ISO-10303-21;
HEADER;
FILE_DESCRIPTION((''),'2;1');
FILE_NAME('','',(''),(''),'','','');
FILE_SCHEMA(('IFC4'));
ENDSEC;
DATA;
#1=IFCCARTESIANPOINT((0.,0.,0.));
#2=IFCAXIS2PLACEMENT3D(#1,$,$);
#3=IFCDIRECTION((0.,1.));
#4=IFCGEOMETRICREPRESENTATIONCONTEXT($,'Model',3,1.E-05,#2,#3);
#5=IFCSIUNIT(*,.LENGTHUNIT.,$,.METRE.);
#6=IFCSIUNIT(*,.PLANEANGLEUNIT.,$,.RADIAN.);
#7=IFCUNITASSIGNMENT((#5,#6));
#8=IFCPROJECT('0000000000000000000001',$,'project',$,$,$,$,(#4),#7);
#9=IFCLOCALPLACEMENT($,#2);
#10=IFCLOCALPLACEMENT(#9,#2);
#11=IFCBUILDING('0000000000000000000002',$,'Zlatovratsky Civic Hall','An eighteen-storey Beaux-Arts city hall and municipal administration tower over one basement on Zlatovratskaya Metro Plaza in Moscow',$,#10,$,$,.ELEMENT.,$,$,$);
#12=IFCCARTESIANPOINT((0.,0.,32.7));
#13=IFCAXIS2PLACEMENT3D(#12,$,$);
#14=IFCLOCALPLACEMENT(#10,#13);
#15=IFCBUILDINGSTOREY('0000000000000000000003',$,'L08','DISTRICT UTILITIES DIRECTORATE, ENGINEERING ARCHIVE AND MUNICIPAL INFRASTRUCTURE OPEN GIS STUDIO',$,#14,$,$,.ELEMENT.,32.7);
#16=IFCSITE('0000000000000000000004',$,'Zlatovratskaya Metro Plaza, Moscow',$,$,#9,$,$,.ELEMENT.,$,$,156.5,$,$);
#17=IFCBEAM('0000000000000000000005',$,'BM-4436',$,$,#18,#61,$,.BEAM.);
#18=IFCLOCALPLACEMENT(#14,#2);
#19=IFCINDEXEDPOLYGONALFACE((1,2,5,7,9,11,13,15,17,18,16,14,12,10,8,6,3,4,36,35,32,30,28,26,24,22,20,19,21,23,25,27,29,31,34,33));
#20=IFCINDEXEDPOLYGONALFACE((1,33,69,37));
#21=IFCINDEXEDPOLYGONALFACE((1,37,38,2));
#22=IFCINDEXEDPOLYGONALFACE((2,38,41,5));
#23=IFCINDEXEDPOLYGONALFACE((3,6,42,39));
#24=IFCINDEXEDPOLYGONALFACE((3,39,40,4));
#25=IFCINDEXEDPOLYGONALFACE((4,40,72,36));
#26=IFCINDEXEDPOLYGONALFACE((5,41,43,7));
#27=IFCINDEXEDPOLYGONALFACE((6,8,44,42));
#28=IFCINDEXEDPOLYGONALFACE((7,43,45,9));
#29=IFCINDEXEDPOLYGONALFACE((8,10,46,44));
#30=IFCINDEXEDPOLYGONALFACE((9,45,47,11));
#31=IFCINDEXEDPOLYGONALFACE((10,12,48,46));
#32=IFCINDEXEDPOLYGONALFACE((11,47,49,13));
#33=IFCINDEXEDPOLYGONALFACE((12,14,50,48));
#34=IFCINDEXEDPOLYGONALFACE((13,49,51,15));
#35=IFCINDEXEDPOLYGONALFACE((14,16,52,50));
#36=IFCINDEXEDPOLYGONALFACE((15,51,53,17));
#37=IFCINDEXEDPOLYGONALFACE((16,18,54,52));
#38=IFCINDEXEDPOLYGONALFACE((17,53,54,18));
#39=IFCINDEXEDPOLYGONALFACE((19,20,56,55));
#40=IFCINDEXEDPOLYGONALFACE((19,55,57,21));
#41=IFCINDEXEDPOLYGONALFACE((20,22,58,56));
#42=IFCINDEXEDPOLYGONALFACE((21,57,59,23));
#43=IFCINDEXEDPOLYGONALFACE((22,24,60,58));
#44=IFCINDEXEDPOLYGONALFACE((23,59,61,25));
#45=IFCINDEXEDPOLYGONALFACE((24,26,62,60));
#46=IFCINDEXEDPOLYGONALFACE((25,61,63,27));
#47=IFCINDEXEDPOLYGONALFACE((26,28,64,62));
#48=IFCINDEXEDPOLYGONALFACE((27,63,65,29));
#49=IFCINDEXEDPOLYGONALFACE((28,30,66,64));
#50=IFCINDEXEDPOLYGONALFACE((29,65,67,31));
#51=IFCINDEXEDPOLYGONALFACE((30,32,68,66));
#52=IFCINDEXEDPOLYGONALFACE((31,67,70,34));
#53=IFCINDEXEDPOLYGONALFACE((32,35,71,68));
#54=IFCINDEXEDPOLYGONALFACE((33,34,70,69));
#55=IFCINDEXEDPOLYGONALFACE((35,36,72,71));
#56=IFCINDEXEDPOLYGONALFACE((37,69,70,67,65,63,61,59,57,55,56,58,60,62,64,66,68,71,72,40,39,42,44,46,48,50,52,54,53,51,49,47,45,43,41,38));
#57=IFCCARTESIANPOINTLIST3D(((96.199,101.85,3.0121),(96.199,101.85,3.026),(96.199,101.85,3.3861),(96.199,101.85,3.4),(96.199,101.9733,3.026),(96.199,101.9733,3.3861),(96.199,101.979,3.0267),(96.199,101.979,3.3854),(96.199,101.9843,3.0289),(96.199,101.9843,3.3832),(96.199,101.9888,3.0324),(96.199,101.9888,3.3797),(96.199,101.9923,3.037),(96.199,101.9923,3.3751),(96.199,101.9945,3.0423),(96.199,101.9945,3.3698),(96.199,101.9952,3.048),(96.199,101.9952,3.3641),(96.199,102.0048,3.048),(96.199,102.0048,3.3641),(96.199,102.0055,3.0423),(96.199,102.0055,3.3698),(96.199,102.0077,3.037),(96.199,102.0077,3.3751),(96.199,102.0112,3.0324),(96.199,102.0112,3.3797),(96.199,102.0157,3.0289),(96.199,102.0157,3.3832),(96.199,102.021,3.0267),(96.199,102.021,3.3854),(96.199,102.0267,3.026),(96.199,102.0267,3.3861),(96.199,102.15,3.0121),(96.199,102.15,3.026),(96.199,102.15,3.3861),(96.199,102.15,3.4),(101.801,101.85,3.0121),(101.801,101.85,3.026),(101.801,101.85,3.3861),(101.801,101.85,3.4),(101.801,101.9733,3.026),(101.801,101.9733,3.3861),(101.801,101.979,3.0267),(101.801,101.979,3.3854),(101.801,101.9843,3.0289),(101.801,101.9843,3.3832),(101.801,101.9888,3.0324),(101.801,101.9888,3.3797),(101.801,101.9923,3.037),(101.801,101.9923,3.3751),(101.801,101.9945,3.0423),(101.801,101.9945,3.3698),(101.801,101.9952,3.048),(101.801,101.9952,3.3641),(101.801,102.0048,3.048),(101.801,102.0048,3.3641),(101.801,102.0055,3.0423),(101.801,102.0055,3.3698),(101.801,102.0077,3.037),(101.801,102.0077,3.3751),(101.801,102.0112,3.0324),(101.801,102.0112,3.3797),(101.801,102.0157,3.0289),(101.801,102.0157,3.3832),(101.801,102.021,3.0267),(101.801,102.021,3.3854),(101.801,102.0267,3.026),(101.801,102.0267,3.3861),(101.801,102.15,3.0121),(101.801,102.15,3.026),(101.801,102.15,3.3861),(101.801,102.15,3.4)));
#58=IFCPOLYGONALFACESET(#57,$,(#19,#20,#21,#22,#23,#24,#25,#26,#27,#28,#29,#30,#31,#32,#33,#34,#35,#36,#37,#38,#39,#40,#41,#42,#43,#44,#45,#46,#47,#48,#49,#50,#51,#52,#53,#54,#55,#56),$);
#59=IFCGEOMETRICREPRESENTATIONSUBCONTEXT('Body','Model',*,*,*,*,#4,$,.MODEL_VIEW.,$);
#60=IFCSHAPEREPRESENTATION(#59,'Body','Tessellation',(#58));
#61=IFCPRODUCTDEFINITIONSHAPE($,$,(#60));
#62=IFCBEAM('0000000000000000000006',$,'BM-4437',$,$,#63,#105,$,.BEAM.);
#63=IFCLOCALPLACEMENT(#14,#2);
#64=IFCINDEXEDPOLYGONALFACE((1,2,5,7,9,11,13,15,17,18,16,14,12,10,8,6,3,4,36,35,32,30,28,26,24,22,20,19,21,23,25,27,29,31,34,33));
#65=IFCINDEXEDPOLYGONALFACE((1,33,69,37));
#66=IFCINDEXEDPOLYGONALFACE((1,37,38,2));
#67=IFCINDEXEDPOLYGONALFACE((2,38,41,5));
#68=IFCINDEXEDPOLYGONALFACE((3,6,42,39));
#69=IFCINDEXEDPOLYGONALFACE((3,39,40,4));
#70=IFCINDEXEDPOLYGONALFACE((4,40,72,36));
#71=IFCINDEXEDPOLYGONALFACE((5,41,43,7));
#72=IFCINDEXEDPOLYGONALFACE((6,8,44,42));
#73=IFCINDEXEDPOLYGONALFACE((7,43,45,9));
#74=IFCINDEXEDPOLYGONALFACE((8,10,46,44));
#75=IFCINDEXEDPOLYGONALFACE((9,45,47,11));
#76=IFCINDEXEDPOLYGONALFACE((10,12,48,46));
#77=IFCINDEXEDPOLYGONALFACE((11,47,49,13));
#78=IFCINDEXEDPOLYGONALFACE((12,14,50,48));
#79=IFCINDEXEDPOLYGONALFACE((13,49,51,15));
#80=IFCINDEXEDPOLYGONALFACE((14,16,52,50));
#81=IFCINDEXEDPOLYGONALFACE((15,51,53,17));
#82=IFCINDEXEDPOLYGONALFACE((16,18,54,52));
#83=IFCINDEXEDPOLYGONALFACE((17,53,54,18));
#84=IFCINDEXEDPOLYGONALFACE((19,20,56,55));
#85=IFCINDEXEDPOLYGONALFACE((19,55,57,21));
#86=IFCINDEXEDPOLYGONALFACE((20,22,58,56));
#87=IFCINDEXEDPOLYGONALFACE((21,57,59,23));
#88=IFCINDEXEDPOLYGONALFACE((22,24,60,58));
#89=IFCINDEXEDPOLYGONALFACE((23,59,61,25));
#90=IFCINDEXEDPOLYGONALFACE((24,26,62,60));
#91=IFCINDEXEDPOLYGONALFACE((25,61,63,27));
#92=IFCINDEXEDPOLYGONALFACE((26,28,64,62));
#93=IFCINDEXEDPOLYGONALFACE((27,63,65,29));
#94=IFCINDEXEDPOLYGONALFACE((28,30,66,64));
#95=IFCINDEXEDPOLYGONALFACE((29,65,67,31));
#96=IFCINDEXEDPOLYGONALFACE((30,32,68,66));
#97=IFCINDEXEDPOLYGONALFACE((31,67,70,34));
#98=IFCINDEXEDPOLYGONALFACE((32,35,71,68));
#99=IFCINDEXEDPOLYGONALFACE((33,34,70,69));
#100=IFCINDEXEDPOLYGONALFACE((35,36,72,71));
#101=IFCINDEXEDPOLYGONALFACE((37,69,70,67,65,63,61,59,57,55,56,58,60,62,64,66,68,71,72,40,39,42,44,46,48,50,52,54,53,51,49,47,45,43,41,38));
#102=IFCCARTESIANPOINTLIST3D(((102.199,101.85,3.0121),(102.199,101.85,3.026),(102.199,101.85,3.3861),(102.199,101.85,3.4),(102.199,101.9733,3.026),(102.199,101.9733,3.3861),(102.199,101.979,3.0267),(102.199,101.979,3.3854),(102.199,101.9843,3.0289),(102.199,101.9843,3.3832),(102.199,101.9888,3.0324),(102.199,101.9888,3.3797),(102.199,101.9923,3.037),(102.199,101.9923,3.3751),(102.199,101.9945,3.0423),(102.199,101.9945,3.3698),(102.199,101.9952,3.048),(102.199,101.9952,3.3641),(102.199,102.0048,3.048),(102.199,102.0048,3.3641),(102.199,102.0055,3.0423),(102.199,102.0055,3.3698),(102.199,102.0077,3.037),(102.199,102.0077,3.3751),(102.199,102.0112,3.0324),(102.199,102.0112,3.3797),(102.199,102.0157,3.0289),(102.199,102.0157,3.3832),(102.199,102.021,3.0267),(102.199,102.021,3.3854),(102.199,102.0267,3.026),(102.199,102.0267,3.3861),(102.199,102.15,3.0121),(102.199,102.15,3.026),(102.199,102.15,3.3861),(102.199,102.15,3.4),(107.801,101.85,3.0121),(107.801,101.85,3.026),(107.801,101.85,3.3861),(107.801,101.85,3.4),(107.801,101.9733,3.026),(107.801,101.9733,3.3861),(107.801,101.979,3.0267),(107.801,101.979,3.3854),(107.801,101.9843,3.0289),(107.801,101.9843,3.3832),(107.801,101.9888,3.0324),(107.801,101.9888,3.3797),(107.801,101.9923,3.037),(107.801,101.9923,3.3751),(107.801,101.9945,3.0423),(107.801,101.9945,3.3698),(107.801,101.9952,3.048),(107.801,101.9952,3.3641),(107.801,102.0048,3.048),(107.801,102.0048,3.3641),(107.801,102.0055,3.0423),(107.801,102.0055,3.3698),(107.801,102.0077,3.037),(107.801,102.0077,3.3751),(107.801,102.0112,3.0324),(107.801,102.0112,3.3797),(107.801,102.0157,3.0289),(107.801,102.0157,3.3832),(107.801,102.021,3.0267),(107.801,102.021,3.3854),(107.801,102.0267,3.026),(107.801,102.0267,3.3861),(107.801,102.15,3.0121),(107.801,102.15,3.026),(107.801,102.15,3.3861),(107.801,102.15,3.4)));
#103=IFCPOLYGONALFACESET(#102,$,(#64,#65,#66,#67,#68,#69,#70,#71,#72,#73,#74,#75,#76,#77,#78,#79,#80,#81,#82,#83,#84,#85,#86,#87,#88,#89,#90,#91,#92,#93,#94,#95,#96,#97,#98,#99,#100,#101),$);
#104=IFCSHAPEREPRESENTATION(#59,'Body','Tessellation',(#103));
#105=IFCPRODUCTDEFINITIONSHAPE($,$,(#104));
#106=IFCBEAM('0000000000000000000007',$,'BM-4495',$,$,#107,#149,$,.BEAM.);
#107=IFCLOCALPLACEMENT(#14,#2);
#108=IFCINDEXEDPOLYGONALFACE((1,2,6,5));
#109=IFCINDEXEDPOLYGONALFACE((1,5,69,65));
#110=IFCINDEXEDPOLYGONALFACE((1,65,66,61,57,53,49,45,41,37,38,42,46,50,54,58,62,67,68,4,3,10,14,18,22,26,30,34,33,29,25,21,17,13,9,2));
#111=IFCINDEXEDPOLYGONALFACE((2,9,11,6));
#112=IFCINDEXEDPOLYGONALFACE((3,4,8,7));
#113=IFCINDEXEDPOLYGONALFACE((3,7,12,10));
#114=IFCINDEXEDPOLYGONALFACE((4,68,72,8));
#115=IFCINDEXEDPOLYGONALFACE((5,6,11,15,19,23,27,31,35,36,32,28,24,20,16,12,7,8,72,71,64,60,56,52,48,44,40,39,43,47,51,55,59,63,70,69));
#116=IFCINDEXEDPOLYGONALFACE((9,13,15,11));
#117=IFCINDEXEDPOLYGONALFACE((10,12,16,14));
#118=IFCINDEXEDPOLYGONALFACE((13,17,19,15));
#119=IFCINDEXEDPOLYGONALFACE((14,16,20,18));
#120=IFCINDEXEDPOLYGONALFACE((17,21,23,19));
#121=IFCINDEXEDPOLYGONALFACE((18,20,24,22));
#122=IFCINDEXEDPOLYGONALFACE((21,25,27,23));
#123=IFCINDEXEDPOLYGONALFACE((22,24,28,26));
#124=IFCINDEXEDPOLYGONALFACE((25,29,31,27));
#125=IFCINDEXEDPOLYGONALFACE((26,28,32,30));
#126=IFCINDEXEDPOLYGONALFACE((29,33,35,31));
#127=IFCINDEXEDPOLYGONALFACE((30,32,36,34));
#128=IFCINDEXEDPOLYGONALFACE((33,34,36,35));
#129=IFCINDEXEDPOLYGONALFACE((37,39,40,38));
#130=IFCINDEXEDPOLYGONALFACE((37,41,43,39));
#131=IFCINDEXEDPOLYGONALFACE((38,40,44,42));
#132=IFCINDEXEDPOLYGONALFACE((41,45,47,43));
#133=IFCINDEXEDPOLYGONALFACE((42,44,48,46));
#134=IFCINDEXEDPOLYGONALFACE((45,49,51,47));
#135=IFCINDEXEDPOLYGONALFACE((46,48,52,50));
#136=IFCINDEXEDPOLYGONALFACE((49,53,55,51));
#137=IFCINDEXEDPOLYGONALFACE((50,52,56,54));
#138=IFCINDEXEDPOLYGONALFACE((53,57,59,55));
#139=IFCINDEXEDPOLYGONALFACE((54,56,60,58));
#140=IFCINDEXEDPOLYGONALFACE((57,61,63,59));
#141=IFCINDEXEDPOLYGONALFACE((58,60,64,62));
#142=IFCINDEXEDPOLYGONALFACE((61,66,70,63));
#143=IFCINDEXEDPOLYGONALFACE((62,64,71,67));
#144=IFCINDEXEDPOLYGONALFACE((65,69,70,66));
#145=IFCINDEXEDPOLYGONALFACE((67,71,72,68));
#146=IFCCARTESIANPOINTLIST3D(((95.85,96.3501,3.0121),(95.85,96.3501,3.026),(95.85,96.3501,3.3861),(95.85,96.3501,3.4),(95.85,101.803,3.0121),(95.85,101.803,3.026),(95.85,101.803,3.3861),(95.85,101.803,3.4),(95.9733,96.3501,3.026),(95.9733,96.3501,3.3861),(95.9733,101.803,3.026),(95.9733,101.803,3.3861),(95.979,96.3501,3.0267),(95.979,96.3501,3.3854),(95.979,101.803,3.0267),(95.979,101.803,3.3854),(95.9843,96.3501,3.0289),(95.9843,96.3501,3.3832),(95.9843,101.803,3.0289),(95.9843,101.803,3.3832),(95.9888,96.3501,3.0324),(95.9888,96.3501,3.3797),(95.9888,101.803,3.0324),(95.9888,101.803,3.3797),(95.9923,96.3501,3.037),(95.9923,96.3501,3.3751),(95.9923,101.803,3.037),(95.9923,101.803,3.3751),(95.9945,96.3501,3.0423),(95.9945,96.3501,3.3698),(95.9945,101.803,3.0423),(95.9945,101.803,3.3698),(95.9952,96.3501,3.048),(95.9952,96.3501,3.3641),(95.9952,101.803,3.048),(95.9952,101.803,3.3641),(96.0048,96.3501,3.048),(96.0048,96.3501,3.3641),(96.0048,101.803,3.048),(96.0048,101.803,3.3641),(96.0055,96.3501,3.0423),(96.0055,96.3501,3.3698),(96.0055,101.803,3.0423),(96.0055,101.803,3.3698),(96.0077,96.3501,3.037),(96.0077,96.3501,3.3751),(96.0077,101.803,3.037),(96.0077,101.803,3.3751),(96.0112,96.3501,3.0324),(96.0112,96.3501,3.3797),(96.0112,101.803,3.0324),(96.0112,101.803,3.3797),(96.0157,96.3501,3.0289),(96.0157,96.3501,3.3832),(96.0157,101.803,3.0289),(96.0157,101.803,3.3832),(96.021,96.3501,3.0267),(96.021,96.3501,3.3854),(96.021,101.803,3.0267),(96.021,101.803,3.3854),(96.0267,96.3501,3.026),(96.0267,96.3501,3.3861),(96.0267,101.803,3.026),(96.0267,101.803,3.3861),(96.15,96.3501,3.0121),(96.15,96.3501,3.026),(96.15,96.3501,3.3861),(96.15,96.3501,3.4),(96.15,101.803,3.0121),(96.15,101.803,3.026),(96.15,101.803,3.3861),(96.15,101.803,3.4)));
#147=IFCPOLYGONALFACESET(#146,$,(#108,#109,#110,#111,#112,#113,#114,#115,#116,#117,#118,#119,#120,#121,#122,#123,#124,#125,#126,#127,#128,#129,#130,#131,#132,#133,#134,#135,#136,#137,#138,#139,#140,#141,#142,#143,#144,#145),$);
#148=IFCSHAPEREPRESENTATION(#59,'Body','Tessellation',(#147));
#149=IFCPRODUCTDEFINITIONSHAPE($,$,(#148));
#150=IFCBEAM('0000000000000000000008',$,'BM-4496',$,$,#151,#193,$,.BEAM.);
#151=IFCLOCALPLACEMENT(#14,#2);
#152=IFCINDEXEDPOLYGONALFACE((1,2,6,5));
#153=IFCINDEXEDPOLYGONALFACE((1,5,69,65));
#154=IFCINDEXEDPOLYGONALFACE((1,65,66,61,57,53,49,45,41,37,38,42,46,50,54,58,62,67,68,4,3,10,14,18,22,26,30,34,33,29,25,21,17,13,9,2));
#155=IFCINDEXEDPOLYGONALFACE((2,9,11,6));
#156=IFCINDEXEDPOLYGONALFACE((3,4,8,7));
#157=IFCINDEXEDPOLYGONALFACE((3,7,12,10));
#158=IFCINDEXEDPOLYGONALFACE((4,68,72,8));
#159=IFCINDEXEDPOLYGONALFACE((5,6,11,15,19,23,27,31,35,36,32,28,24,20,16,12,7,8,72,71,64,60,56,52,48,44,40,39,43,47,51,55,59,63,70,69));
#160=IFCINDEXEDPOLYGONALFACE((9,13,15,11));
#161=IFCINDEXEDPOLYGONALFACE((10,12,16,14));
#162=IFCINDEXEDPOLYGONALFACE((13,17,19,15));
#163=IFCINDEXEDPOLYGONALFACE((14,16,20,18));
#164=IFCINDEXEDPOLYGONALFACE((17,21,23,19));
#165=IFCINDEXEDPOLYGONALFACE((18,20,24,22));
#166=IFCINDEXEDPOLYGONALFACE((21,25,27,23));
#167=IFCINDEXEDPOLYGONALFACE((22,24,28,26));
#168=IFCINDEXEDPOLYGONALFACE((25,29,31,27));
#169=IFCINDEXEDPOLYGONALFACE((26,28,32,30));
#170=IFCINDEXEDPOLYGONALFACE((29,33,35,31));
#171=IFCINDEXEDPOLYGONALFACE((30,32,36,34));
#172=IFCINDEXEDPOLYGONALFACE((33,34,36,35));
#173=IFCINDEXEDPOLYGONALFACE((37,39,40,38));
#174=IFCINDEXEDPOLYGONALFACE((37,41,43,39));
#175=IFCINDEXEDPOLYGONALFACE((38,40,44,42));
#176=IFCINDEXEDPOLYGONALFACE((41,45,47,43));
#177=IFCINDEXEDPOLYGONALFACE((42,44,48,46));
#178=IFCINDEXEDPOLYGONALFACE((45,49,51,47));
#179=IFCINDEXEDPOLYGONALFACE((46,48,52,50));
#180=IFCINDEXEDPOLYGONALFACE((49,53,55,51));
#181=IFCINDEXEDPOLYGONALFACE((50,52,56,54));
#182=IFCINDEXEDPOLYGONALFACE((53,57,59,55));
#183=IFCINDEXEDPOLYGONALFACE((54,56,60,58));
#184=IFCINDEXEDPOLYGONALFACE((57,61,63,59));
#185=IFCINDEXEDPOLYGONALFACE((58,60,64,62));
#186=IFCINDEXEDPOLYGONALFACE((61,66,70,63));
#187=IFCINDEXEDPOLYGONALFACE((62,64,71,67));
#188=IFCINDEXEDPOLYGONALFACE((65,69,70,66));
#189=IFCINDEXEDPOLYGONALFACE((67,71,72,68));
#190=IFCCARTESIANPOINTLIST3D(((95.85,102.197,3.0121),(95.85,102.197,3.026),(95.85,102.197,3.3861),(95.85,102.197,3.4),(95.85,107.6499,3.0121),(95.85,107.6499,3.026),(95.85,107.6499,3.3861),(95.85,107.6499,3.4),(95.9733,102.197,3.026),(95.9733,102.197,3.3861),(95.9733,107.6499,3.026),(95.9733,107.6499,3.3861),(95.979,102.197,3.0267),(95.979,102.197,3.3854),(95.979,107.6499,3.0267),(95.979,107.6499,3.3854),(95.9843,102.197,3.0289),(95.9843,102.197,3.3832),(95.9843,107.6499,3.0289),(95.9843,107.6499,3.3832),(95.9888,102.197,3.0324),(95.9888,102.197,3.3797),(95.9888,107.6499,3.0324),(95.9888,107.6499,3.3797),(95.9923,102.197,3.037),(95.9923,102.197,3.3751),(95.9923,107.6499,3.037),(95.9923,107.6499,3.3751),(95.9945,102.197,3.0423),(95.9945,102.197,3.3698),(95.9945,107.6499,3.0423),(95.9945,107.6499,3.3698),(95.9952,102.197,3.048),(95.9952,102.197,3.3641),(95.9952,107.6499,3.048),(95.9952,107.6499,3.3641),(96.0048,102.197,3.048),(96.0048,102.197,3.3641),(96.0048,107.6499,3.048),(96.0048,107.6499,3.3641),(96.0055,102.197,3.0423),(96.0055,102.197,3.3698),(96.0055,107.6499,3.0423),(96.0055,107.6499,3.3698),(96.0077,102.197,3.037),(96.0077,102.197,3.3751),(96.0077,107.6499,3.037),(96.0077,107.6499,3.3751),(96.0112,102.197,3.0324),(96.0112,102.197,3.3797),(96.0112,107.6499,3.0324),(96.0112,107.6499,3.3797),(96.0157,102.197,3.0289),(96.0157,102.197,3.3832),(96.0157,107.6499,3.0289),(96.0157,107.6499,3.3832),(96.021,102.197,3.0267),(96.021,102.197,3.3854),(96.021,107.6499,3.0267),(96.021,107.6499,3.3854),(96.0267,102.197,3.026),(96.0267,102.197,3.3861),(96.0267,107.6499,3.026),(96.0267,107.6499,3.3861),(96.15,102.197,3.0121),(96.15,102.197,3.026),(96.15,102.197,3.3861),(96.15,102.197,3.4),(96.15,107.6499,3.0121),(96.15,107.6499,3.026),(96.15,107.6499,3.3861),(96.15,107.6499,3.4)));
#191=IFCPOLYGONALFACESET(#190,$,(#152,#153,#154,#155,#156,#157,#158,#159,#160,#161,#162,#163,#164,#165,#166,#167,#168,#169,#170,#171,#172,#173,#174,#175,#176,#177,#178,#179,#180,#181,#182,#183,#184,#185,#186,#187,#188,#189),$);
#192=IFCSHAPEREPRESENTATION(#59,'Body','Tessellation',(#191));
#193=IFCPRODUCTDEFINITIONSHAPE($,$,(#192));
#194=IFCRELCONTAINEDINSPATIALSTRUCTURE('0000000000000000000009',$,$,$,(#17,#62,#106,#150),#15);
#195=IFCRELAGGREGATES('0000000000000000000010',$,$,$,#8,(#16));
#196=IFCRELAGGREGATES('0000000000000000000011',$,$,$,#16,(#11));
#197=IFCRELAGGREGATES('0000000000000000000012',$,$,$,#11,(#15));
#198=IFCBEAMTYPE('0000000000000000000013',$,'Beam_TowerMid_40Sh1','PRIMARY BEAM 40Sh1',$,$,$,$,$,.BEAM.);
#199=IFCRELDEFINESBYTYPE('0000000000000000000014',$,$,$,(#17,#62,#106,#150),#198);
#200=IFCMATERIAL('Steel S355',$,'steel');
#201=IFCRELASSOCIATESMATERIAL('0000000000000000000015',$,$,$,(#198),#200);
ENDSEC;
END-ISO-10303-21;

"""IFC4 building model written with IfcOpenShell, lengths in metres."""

from ifc_helpers import new_model, si_unit, direction, frame, origin, origin_2d, place, context, subcontext, project, spatial, i_section, extrude, material, material_profile, profile_set, type_object, element, save


model = new_model("IFC4")

# Units and contexts
model_context = context("Model", 3, precision=1e-05, world=origin(), true_north=direction((0.0, 1.0)))
body_context = subcontext(model_context, "Body", "Model", "MODEL_VIEW")
ifc_project = project(units=[si_unit("LENGTHUNIT", "METRE"), si_unit("PLANEANGLEUNIT", "RADIAN")], contexts=[model_context])

# Site, building, storey
site_placement = place(None, origin())
site = spatial("IfcSite", under=ifc_project, at=site_placement, Name="Zlatovratskaya Metro Plaza, Moscow", CompositionType="ELEMENT", RefElevation=156.5)
building_placement = place(site_placement, origin())
building = spatial("IfcBuilding", under=site, at=building_placement, Name="Zlatovratsky Civic Hall", Description="An eighteen-storey Beaux-Arts city hall and municipal administration tower over one basement on Zlatovratskaya Metro Plaza in Moscow", CompositionType="ELEMENT")
storey_placement = place(building_placement, frame((0.0, 0.0, 32.7)))
storey = spatial("IfcBuildingStorey", under=building, at=storey_placement, Name="L08", Description="DISTRICT UTILITIES DIRECTORATE, ENGINEERING ARCHIVE AND MUNICIPAL INFRASTRUCTURE OPEN GIS STUDIO", CompositionType="ELEMENT", Elevation=32.7)

# Shared definitions
ifc_material_1 = material(Name="Steel S355", Category="steel")

# Beams
ifc_material_profile_1 = material_profile(ifc_material_1, i_section(OverallWidth=0.3, OverallDepth=0.3879, WebThickness=0.0095, FlangeThickness=0.0139, FilletRadius=0.022, at=origin_2d()), Name="40Sh1")
ifc_profile_set_1 = profile_set([ifc_material_profile_1], Name="Steel S355")
beam_type_1 = type_object("IfcBeamType", Name="Beam_TowerMid_40Sh1", Description="PRIMARY BEAM 40Sh1", PredefinedType="BEAM", material=ifc_profile_set_1)
for number, where, z_axis, x_axis, name in (
    (1, (96.199, 102.0, 3.2061), (1.0, 0.0, 0.0), (0.0, 1.0, 0.0), "BM-4436"),
    (2, (102.199, 102.0, 3.2061), (1.0, 0.0, 0.0), (0.0, 1.0, 0.0), "BM-4437"),
):
    element("IfcBeam", number, at=place(storey_placement, frame(where, z_axis=z_axis, x_axis=x_axis)), inside=storey, type_object=beam_type_1, Name=name, PredefinedType="BEAM", context=body_context, shape_type="SweptSolid", body=[
        extrude(i_section(OverallWidth=0.3, OverallDepth=0.3879, WebThickness=0.0095, FlangeThickness=0.0139, FilletRadius=0.022, at=origin_2d()), origin(), (0.0, 0.0, 1.0), 5.6021),
    ])
for number, where, z_axis, x_axis, name in (
    (3, (96.0, 96.3501, 3.2061), (0.0, 1.0, 0.0), (-1.0, 0.0, 0.0), "BM-4495"),
    (4, (96.0, 102.197, 3.2061), (0.0, 1.0, 0.0), (-1.0, 0.0, 0.0), "BM-4496"),
):
    element("IfcBeam", number, at=place(storey_placement, frame(where, z_axis=z_axis, x_axis=x_axis)), inside=storey, type_object=beam_type_1, Name=name, PredefinedType="BEAM", context=body_context, shape_type="SweptSolid", body=[
        extrude(i_section(OverallWidth=0.3, OverallDepth=0.3879, WebThickness=0.0095, FlangeThickness=0.0139, FilletRadius=0.022, at=origin_2d()), origin(), (0.0, 0.0, 1.0), 5.4529),
    ])

save(model, "model.ifc")
